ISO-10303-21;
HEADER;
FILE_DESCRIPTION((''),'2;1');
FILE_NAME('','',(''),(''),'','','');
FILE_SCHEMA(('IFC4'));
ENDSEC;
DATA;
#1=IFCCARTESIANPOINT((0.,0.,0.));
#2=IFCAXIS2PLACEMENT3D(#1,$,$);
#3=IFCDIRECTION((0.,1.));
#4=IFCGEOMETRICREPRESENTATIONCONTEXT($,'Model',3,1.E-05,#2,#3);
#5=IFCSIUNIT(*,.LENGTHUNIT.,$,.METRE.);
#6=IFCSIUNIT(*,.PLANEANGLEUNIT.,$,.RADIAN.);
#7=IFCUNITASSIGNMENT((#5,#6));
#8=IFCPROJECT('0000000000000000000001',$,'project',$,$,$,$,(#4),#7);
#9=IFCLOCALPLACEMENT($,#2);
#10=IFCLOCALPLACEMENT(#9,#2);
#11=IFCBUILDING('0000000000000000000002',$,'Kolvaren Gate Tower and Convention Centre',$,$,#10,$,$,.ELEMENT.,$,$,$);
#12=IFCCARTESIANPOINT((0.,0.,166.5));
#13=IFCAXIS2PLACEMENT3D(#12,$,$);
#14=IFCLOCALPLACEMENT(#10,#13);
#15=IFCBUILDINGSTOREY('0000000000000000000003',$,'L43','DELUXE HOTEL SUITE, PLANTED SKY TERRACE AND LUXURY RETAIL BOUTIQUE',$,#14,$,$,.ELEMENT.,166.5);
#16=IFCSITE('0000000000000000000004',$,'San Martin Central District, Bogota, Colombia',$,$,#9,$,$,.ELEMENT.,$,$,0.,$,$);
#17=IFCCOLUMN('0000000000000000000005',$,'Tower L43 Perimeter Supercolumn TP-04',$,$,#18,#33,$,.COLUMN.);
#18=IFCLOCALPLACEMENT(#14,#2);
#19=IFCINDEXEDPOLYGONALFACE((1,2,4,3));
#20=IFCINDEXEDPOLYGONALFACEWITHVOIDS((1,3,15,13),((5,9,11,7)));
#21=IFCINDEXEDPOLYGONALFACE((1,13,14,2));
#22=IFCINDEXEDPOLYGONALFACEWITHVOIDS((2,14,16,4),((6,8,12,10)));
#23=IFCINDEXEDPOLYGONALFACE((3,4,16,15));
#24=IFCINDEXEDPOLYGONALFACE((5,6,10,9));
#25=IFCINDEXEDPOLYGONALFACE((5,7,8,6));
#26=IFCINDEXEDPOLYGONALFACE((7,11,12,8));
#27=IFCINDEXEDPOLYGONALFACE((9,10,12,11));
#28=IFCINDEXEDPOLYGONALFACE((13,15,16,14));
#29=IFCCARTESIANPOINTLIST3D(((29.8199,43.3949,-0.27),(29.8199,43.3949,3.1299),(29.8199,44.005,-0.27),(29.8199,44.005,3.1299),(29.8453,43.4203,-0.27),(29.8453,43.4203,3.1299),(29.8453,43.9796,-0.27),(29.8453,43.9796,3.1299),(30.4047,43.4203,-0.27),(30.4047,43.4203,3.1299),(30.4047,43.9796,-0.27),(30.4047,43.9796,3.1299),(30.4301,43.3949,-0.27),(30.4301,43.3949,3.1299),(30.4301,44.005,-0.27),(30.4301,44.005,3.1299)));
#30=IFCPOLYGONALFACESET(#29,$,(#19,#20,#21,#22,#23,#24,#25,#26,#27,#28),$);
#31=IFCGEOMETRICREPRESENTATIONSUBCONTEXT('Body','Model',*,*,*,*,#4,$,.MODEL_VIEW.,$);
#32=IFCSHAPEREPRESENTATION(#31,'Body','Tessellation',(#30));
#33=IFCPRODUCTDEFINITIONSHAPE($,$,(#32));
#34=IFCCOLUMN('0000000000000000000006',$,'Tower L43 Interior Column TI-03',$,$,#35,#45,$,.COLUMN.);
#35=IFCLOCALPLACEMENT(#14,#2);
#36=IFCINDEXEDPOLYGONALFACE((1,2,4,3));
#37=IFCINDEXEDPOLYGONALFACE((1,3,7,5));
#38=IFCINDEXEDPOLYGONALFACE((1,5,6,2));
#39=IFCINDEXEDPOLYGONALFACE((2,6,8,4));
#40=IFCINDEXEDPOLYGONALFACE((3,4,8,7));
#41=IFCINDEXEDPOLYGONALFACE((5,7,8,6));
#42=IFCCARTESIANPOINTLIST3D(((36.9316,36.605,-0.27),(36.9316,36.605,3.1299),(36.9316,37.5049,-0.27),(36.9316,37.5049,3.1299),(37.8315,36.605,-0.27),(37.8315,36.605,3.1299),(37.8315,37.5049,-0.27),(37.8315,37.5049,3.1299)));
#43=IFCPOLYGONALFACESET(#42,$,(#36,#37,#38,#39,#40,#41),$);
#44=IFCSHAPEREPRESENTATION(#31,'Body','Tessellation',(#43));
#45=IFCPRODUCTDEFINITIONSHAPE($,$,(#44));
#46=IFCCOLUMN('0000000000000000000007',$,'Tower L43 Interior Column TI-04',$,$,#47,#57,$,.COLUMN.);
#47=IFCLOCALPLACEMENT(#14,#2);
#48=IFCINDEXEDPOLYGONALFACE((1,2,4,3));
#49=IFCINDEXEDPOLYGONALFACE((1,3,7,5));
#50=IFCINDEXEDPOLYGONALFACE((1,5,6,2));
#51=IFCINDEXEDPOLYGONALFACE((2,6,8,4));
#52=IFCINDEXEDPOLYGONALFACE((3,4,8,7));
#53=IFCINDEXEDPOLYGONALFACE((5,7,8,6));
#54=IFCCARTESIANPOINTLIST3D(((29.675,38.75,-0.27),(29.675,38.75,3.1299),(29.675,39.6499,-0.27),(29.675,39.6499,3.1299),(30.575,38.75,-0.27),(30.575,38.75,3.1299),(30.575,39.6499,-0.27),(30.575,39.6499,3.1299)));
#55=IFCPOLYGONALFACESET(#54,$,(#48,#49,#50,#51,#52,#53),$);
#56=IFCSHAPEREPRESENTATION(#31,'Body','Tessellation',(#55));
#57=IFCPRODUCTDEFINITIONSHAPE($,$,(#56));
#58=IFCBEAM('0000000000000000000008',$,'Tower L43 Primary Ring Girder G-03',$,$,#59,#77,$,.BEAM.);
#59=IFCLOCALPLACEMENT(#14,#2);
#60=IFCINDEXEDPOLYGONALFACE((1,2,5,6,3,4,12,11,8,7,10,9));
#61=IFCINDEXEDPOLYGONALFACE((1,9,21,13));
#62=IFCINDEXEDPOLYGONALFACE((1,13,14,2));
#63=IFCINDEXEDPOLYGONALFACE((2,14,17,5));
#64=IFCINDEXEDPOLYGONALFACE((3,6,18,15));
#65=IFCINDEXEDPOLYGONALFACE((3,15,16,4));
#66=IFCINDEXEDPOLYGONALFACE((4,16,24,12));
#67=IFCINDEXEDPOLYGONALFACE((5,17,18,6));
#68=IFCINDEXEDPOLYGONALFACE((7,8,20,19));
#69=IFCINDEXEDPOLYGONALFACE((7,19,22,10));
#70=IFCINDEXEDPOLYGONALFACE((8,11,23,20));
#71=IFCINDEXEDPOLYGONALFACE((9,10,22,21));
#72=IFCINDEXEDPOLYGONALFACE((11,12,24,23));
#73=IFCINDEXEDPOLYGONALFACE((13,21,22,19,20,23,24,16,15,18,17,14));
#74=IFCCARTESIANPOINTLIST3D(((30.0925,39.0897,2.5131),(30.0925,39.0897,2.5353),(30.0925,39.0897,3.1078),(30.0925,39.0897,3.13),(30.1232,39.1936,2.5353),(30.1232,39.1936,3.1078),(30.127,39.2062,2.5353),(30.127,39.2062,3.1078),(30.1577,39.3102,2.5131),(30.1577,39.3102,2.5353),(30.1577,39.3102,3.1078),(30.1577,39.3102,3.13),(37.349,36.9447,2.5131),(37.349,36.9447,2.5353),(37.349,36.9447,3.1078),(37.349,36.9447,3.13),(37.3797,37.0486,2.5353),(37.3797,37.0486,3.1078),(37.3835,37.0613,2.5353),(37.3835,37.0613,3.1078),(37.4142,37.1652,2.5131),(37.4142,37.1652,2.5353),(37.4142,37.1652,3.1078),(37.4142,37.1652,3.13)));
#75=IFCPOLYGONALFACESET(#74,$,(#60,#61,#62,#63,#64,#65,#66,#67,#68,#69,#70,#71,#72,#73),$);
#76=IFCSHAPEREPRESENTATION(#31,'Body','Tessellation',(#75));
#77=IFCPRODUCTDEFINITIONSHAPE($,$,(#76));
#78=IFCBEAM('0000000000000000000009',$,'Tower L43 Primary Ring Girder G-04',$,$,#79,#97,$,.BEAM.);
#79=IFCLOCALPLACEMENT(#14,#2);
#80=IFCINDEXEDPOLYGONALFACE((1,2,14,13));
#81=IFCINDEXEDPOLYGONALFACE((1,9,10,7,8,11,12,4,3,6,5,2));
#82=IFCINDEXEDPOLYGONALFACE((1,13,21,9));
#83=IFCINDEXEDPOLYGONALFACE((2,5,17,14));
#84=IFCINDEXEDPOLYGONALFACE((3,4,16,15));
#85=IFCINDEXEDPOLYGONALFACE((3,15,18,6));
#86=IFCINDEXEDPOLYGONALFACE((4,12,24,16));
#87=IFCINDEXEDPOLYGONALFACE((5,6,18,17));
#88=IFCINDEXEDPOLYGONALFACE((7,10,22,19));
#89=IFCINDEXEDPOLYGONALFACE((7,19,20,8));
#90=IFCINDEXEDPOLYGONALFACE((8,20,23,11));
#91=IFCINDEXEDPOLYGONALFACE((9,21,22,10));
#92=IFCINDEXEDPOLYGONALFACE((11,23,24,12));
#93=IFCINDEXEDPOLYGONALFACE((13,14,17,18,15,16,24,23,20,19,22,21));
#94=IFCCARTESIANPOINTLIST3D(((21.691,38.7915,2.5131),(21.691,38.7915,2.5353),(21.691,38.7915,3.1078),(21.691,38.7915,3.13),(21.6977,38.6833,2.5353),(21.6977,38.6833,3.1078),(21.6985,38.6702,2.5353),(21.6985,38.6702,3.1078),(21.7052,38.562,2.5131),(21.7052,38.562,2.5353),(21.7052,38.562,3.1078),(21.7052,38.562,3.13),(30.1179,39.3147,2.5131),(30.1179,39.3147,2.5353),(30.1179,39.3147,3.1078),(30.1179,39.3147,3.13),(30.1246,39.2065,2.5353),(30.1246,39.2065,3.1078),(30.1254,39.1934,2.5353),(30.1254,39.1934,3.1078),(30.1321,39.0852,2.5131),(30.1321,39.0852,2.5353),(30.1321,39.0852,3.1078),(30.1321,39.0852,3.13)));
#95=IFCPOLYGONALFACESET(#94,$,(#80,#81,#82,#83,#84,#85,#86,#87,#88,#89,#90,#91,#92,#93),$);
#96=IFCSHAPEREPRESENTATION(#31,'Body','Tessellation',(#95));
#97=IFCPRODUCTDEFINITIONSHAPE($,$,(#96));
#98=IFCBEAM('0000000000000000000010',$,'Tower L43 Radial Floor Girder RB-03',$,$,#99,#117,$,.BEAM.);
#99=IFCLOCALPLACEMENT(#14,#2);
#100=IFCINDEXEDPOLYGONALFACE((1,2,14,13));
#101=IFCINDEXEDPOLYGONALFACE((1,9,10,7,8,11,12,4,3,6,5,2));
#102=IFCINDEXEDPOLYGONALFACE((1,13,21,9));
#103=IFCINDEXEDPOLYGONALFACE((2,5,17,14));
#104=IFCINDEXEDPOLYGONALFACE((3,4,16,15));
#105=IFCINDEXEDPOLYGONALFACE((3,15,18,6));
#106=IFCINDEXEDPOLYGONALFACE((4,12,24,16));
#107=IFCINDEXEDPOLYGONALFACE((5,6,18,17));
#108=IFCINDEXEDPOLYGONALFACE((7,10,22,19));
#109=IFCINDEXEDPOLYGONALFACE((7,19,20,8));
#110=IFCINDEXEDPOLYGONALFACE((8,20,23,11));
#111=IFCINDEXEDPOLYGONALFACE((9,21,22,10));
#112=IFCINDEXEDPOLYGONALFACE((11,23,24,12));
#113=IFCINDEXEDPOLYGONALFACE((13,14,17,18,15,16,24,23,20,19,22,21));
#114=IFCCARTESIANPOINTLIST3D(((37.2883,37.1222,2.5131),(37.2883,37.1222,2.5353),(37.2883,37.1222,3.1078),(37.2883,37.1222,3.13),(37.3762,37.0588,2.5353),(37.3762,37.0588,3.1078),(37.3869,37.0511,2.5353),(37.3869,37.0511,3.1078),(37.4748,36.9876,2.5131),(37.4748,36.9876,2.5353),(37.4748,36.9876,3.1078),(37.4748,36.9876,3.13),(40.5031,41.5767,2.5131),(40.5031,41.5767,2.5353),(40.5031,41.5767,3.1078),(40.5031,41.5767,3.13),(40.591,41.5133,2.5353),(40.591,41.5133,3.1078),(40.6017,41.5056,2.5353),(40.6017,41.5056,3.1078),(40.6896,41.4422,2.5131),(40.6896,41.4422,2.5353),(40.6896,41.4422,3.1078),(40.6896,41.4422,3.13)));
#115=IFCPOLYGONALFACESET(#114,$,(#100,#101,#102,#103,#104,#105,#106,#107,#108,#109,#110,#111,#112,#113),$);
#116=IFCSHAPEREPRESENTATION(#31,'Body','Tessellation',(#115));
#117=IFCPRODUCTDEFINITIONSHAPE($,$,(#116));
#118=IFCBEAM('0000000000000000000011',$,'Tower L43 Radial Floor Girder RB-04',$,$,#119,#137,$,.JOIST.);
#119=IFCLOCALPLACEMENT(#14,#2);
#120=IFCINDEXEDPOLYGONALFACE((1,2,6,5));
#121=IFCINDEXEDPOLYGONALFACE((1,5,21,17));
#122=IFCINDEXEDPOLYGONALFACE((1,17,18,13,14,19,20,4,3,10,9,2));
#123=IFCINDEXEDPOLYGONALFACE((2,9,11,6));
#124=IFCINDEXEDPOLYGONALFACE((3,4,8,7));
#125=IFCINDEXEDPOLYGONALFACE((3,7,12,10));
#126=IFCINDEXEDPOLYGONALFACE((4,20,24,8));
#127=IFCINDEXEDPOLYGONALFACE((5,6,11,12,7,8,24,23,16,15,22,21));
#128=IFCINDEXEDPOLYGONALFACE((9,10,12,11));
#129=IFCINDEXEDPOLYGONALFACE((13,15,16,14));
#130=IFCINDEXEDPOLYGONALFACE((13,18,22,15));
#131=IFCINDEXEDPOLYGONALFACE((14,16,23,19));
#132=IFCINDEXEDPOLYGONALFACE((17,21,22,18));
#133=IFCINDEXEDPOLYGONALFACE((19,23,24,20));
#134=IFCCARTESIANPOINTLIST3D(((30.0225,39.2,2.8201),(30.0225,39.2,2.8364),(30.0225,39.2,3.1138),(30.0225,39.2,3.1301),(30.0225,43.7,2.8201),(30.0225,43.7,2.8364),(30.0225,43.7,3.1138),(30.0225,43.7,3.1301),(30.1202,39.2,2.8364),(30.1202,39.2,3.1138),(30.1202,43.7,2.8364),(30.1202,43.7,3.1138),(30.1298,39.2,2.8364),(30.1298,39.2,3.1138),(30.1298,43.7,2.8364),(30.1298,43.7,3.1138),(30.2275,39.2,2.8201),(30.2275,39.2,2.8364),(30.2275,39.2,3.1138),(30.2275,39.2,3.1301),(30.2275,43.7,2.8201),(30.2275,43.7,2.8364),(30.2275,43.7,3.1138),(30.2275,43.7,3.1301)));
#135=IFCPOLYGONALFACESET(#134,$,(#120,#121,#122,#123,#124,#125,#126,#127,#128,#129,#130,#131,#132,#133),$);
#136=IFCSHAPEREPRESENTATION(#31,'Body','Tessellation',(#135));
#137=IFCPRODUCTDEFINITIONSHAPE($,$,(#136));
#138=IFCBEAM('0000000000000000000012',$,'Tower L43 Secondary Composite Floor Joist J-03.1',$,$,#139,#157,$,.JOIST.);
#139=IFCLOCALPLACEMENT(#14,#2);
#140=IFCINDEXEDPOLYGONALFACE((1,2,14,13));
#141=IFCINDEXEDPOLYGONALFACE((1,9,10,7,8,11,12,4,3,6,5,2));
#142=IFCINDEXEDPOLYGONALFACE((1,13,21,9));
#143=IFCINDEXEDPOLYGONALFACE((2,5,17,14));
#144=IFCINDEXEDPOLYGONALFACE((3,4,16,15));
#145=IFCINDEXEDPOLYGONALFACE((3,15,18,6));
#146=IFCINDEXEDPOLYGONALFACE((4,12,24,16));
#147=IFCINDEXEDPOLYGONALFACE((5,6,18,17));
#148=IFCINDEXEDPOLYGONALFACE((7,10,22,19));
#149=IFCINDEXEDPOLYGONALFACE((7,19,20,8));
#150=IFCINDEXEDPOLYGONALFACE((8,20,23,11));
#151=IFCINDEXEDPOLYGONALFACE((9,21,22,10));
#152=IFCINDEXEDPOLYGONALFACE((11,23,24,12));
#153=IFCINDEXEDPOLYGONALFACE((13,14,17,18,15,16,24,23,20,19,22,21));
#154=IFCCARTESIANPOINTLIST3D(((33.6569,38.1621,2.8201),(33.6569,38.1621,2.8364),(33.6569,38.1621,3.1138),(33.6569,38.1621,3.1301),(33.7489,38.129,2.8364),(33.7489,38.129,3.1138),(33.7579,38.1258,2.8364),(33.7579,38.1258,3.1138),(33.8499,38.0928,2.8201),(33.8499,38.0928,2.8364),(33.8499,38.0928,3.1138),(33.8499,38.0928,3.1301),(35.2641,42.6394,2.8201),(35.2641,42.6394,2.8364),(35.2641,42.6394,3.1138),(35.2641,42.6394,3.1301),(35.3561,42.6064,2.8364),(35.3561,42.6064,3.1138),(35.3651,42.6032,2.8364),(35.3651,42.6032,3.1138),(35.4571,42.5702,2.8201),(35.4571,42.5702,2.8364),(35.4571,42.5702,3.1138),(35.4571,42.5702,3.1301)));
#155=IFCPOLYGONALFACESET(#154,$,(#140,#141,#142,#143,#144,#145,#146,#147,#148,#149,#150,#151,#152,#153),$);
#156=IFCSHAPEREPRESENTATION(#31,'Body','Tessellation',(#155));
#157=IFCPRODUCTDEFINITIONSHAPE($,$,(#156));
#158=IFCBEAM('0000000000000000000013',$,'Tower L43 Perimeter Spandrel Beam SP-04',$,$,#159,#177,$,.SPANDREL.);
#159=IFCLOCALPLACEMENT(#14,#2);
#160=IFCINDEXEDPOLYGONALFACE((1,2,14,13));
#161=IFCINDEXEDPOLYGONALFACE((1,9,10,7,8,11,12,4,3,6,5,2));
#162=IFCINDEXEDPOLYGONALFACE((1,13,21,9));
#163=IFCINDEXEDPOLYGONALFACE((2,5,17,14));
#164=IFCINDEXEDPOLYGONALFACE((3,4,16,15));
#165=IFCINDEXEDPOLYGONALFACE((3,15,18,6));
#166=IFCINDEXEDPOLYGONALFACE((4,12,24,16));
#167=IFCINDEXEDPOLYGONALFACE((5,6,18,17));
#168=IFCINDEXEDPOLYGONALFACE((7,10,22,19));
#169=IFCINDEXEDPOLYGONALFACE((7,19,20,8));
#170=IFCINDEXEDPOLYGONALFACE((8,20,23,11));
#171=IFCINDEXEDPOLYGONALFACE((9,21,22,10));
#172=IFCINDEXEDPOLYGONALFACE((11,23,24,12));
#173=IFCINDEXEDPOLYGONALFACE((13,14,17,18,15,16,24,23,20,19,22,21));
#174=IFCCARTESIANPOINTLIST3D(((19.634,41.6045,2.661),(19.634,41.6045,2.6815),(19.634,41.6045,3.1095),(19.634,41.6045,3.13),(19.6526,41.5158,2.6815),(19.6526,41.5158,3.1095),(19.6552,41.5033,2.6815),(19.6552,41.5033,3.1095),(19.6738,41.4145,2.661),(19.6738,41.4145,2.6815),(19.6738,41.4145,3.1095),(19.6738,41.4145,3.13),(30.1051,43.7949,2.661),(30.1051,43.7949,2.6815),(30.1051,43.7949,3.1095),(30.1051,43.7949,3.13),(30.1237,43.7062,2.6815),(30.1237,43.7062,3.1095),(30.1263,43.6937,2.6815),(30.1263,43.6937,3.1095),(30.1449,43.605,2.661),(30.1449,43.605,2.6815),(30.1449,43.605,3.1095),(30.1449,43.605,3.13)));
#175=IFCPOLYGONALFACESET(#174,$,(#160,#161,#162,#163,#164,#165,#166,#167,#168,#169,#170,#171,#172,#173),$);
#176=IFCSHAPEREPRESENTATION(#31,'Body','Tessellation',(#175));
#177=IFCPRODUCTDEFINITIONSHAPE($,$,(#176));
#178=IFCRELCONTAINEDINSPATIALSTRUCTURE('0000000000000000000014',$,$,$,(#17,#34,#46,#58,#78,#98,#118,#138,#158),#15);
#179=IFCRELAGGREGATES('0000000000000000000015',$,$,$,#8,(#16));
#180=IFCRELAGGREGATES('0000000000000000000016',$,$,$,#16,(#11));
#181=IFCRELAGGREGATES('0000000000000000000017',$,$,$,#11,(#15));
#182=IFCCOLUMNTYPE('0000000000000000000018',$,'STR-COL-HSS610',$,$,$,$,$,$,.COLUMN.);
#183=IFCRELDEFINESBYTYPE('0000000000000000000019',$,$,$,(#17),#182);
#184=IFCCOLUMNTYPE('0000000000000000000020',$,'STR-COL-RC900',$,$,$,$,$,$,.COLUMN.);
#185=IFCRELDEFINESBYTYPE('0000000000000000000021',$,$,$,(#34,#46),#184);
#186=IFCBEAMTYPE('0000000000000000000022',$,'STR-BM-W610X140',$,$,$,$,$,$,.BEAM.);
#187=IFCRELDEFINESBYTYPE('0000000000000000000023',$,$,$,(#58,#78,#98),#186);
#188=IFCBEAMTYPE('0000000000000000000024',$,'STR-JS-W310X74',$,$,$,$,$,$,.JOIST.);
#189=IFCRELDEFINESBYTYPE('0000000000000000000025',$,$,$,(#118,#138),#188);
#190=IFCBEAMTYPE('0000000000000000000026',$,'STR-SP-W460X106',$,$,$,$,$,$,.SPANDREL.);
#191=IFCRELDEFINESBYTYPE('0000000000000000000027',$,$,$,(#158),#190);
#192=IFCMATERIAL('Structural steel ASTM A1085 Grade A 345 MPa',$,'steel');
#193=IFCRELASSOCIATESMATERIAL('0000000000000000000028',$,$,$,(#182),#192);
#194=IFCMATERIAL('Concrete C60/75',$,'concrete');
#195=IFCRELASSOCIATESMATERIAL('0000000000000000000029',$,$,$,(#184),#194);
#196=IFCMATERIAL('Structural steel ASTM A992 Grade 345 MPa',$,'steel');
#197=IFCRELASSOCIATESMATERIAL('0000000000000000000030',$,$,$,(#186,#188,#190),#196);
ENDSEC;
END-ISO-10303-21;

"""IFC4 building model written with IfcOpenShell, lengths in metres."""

from ifc_helpers import new_model, si_unit, direction, frame, origin, origin_2d, place, context, subcontext, project, spatial, rectangle, hollow_rectangle, i_section, extrude, material, material_profile, profile_set, type_object, element, save


model = new_model("IFC4")

# Units and contexts
model_context = context("Model", 3, precision=1e-05, world=origin(), true_north=direction((0.0, 1.0)))
body_context = subcontext(model_context, "Body", "Model", "MODEL_VIEW")
ifc_project = project(units=[si_unit("LENGTHUNIT", "METRE"), si_unit("PLANEANGLEUNIT", "RADIAN")], contexts=[model_context])

# Site, building, storey
site_placement = place(None, origin())
site = spatial("IfcSite", under=ifc_project, at=site_placement, Name="San Martin Central District, Bogota, Colombia", CompositionType="ELEMENT", RefElevation=0.0)
building_placement = place(site_placement, origin())
building = spatial("IfcBuilding", under=site, at=building_placement, Name="Kolvaren Gate Tower and Convention Centre", CompositionType="ELEMENT")
storey_placement = place(building_placement, frame((0.0, 0.0, 166.5)))
storey = spatial("IfcBuildingStorey", under=building, at=storey_placement, Name="L43", Description="DELUXE HOTEL SUITE, PLANTED SKY TERRACE AND LUXURY RETAIL BOUTIQUE", CompositionType="ELEMENT", Elevation=166.5)

# Columns
ifc_material_1 = material(Name="Structural steel ASTM A1085 Grade A 345 MPa", Category="steel")
ifc_material_profile_1 = material_profile(ifc_material_1, hollow_rectangle(XDim=0.6101, YDim=0.6101, WallThickness=0.0254, at=origin_2d()), Name="HSS610X610X25.4")
ifc_profile_set_1 = profile_set([ifc_material_profile_1], Name="Structural steel ASTM A1085 Grade A 345 MPa")
column_type_1 = type_object("IfcColumnType", Name="STR-COL-HSS610", PredefinedType="COLUMN", material=ifc_profile_set_1)
column_placement = place(storey_placement, frame((30.125, 43.7, -0.27), z_axis=(0.0, 0.0, 1.0), x_axis=(1.0, 0.0, 0.0)))
element("IfcColumn", 1, at=column_placement, inside=storey, type_object=column_type_1, Name="Tower L43 Perimeter Supercolumn TP-04", PredefinedType="COLUMN", context=body_context, shape_type="SweptSolid", body=[
    extrude(hollow_rectangle(XDim=0.6101, YDim=0.6101, WallThickness=0.0254, at=origin_2d()), origin(), (0.0, 0.0, 1.0), 3.3999),
])
ifc_material_2 = material(Name="Concrete C60/75", Category="concrete")
ifc_material_profile_2 = material_profile(ifc_material_2, rectangle(XDim=0.8999, YDim=0.8999, at=origin_2d()), Name="RC-COL-900X900")
ifc_profile_set_2 = profile_set([ifc_material_profile_2], Name="Concrete C60/75")
column_type_2 = type_object("IfcColumnType", Name="STR-COL-RC900", PredefinedType="COLUMN", material=ifc_profile_set_2)
for number, where, z_axis, x_axis, name in (
    (2, (37.3816, 37.0549, -0.27), (0.0, 0.0, 1.0), (1.0, 0.0, 0.0), "Tower L43 Interior Column TI-03"),
    (3, (30.125, 39.2, -0.27), (0.0, 0.0, 1.0), (1.0, 0.0, 0.0), "Tower L43 Interior Column TI-04"),
):
    element("IfcColumn", number, at=place(storey_placement, frame(where, z_axis=z_axis, x_axis=x_axis)), inside=storey, type_object=column_type_2, Name=name, PredefinedType="COLUMN", context=body_context, shape_type="SweptSolid", body=[
        extrude(rectangle(XDim=0.8999, YDim=0.8999, at=origin_2d()), origin(), (0.0, 0.0, 1.0), 3.3999),
    ])

# Beams
ifc_material_3 = material(Name="Structural steel ASTM A992 Grade 345 MPa", Category="steel")
ifc_material_profile_3 = material_profile(ifc_material_3, i_section(OverallWidth=0.23, OverallDepth=0.6169, WebThickness=0.0132, FlangeThickness=0.0222, at=origin_2d()), Name="W610X140")
ifc_profile_set_3 = profile_set([ifc_material_profile_3], Name="Structural steel ASTM A992 Grade 345 MPa")
beam_type_1 = type_object("IfcBeamType", Name="STR-BM-W610X140", PredefinedType="BEAM", material=ifc_profile_set_3)
beam_1_placement = place(storey_placement, frame((37.3816, 37.0549, 2.8215), z_axis=(-0.958981, 0.283471, 0.0), x_axis=(-0.283471, -0.958981, 0.0)))
element("IfcBeam", 4, at=beam_1_placement, inside=storey, type_object=beam_type_1, Name="Tower L43 Primary Ring Girder G-03", PredefinedType="BEAM", context=body_context, shape_type="SweptSolid", body=[
    extrude(i_section(OverallWidth=0.23, OverallDepth=0.6169, WebThickness=0.0132, FlangeThickness=0.0222, at=origin_2d()), origin(), (0.0, 0.0, 1.0), 7.5669),
])
beam_2_placement = place(storey_placement, frame((30.125, 39.2, 2.8215), z_axis=(-0.998078, -0.061966, 0.0), x_axis=(0.061966, -0.998078, 0.0)))
element("IfcBeam", 5, at=beam_2_placement, inside=storey, type_object=beam_type_1, Name="Tower L43 Primary Ring Girder G-04", PredefinedType="BEAM", context=body_context, shape_type="SweptSolid", body=[
    extrude(i_section(OverallWidth=0.23, OverallDepth=0.6169, WebThickness=0.0132, FlangeThickness=0.0222, at=origin_2d()), origin(), (0.0, 0.0, 1.0), 8.4431),
])
beam_3_placement = place(storey_placement, frame((37.3816, 37.0549, 2.8215), z_axis=(0.585208, 0.810883, 0.0), x_axis=(-0.810883, 0.585208, 0.0)))
element("IfcBeam", 6, at=beam_3_placement, inside=storey, type_object=beam_type_1, Name="Tower L43 Radial Floor Girder RB-03", PredefinedType="BEAM", context=body_context, shape_type="SweptSolid", body=[
    extrude(i_section(OverallWidth=0.23, OverallDepth=0.6169, WebThickness=0.0132, FlangeThickness=0.0222, at=origin_2d()), origin(), (0.0, 0.0, 1.0), 5.4934),
])
ifc_material_profile_4 = material_profile(ifc_material_3, i_section(OverallWidth=0.2051, OverallDepth=0.3101, WebThickness=0.0095, FlangeThickness=0.0164, at=origin_2d()), Name="W310X74")
ifc_profile_set_4 = profile_set([ifc_material_profile_4], Name="Structural steel ASTM A992 Grade 345 MPa")
beam_type_2 = type_object("IfcBeamType", Name="STR-JS-W310X74", PredefinedType="JOIST", material=ifc_profile_set_4)
beam_4_placement = place(storey_placement, frame((30.125, 39.2, 2.9751), z_axis=(0.0, 1.0, 0.0), x_axis=(-1.0, 0.0, 0.0)))
element("IfcBeam", 7, at=beam_4_placement, inside=storey, type_object=beam_type_2, Name="Tower L43 Radial Floor Girder RB-04", PredefinedType="JOIST", context=body_context, shape_type="SweptSolid", body=[
    extrude(i_section(OverallWidth=0.2051, OverallDepth=0.3101, WebThickness=0.0095, FlangeThickness=0.0164, at=origin_2d()), origin(), (0.0, 0.0, 1.0), 4.5),
])
beam_5_placement = place(storey_placement, frame((33.7534, 38.1274, 2.9751), z_axis=(0.337854, 0.941198, 0.0), x_axis=(-0.941198, 0.337854, 0.0)))
element("IfcBeam", 8, at=beam_5_placement, inside=storey, type_object=beam_type_2, Name="Tower L43 Secondary Composite Floor Joist J-03.1", PredefinedType="JOIST", context=body_context, shape_type="SweptSolid", body=[
    extrude(i_section(OverallWidth=0.2051, OverallDepth=0.3101, WebThickness=0.0095, FlangeThickness=0.0164, at=origin_2d()), origin(), (0.0, 0.0, 1.0), 4.7571),
])
ifc_material_profile_5 = material_profile(ifc_material_3, i_section(OverallWidth=0.1941, OverallDepth=0.469, WebThickness=0.0127, FlangeThickness=0.0205, at=origin_2d()), Name="W460X106")
ifc_profile_set_5 = profile_set([ifc_material_profile_5], Name="Structural steel ASTM A992 Grade 345 MPa")
beam_type_3 = type_object("IfcBeamType", Name="STR-SP-W460X106", PredefinedType="SPANDREL", material=ifc_profile_set_5)
beam_6_placement = place(storey_placement, frame((30.125, 43.7, 2.8955), z_axis=(-0.978813, -0.204754, 0.0), x_axis=(0.204754, -0.978813, 0.0)))
element("IfcBeam", 9, at=beam_6_placement, inside=storey, type_object=beam_type_3, Name="Tower L43 Perimeter Spandrel Beam SP-04", PredefinedType="SPANDREL", context=body_context, shape_type="SweptSolid", body=[
    extrude(i_section(OverallWidth=0.1941, OverallDepth=0.469, WebThickness=0.0127, FlangeThickness=0.0205, at=origin_2d()), origin(), (0.0, 0.0, 1.0), 10.6978),
])

save(model, "model.ifc")
